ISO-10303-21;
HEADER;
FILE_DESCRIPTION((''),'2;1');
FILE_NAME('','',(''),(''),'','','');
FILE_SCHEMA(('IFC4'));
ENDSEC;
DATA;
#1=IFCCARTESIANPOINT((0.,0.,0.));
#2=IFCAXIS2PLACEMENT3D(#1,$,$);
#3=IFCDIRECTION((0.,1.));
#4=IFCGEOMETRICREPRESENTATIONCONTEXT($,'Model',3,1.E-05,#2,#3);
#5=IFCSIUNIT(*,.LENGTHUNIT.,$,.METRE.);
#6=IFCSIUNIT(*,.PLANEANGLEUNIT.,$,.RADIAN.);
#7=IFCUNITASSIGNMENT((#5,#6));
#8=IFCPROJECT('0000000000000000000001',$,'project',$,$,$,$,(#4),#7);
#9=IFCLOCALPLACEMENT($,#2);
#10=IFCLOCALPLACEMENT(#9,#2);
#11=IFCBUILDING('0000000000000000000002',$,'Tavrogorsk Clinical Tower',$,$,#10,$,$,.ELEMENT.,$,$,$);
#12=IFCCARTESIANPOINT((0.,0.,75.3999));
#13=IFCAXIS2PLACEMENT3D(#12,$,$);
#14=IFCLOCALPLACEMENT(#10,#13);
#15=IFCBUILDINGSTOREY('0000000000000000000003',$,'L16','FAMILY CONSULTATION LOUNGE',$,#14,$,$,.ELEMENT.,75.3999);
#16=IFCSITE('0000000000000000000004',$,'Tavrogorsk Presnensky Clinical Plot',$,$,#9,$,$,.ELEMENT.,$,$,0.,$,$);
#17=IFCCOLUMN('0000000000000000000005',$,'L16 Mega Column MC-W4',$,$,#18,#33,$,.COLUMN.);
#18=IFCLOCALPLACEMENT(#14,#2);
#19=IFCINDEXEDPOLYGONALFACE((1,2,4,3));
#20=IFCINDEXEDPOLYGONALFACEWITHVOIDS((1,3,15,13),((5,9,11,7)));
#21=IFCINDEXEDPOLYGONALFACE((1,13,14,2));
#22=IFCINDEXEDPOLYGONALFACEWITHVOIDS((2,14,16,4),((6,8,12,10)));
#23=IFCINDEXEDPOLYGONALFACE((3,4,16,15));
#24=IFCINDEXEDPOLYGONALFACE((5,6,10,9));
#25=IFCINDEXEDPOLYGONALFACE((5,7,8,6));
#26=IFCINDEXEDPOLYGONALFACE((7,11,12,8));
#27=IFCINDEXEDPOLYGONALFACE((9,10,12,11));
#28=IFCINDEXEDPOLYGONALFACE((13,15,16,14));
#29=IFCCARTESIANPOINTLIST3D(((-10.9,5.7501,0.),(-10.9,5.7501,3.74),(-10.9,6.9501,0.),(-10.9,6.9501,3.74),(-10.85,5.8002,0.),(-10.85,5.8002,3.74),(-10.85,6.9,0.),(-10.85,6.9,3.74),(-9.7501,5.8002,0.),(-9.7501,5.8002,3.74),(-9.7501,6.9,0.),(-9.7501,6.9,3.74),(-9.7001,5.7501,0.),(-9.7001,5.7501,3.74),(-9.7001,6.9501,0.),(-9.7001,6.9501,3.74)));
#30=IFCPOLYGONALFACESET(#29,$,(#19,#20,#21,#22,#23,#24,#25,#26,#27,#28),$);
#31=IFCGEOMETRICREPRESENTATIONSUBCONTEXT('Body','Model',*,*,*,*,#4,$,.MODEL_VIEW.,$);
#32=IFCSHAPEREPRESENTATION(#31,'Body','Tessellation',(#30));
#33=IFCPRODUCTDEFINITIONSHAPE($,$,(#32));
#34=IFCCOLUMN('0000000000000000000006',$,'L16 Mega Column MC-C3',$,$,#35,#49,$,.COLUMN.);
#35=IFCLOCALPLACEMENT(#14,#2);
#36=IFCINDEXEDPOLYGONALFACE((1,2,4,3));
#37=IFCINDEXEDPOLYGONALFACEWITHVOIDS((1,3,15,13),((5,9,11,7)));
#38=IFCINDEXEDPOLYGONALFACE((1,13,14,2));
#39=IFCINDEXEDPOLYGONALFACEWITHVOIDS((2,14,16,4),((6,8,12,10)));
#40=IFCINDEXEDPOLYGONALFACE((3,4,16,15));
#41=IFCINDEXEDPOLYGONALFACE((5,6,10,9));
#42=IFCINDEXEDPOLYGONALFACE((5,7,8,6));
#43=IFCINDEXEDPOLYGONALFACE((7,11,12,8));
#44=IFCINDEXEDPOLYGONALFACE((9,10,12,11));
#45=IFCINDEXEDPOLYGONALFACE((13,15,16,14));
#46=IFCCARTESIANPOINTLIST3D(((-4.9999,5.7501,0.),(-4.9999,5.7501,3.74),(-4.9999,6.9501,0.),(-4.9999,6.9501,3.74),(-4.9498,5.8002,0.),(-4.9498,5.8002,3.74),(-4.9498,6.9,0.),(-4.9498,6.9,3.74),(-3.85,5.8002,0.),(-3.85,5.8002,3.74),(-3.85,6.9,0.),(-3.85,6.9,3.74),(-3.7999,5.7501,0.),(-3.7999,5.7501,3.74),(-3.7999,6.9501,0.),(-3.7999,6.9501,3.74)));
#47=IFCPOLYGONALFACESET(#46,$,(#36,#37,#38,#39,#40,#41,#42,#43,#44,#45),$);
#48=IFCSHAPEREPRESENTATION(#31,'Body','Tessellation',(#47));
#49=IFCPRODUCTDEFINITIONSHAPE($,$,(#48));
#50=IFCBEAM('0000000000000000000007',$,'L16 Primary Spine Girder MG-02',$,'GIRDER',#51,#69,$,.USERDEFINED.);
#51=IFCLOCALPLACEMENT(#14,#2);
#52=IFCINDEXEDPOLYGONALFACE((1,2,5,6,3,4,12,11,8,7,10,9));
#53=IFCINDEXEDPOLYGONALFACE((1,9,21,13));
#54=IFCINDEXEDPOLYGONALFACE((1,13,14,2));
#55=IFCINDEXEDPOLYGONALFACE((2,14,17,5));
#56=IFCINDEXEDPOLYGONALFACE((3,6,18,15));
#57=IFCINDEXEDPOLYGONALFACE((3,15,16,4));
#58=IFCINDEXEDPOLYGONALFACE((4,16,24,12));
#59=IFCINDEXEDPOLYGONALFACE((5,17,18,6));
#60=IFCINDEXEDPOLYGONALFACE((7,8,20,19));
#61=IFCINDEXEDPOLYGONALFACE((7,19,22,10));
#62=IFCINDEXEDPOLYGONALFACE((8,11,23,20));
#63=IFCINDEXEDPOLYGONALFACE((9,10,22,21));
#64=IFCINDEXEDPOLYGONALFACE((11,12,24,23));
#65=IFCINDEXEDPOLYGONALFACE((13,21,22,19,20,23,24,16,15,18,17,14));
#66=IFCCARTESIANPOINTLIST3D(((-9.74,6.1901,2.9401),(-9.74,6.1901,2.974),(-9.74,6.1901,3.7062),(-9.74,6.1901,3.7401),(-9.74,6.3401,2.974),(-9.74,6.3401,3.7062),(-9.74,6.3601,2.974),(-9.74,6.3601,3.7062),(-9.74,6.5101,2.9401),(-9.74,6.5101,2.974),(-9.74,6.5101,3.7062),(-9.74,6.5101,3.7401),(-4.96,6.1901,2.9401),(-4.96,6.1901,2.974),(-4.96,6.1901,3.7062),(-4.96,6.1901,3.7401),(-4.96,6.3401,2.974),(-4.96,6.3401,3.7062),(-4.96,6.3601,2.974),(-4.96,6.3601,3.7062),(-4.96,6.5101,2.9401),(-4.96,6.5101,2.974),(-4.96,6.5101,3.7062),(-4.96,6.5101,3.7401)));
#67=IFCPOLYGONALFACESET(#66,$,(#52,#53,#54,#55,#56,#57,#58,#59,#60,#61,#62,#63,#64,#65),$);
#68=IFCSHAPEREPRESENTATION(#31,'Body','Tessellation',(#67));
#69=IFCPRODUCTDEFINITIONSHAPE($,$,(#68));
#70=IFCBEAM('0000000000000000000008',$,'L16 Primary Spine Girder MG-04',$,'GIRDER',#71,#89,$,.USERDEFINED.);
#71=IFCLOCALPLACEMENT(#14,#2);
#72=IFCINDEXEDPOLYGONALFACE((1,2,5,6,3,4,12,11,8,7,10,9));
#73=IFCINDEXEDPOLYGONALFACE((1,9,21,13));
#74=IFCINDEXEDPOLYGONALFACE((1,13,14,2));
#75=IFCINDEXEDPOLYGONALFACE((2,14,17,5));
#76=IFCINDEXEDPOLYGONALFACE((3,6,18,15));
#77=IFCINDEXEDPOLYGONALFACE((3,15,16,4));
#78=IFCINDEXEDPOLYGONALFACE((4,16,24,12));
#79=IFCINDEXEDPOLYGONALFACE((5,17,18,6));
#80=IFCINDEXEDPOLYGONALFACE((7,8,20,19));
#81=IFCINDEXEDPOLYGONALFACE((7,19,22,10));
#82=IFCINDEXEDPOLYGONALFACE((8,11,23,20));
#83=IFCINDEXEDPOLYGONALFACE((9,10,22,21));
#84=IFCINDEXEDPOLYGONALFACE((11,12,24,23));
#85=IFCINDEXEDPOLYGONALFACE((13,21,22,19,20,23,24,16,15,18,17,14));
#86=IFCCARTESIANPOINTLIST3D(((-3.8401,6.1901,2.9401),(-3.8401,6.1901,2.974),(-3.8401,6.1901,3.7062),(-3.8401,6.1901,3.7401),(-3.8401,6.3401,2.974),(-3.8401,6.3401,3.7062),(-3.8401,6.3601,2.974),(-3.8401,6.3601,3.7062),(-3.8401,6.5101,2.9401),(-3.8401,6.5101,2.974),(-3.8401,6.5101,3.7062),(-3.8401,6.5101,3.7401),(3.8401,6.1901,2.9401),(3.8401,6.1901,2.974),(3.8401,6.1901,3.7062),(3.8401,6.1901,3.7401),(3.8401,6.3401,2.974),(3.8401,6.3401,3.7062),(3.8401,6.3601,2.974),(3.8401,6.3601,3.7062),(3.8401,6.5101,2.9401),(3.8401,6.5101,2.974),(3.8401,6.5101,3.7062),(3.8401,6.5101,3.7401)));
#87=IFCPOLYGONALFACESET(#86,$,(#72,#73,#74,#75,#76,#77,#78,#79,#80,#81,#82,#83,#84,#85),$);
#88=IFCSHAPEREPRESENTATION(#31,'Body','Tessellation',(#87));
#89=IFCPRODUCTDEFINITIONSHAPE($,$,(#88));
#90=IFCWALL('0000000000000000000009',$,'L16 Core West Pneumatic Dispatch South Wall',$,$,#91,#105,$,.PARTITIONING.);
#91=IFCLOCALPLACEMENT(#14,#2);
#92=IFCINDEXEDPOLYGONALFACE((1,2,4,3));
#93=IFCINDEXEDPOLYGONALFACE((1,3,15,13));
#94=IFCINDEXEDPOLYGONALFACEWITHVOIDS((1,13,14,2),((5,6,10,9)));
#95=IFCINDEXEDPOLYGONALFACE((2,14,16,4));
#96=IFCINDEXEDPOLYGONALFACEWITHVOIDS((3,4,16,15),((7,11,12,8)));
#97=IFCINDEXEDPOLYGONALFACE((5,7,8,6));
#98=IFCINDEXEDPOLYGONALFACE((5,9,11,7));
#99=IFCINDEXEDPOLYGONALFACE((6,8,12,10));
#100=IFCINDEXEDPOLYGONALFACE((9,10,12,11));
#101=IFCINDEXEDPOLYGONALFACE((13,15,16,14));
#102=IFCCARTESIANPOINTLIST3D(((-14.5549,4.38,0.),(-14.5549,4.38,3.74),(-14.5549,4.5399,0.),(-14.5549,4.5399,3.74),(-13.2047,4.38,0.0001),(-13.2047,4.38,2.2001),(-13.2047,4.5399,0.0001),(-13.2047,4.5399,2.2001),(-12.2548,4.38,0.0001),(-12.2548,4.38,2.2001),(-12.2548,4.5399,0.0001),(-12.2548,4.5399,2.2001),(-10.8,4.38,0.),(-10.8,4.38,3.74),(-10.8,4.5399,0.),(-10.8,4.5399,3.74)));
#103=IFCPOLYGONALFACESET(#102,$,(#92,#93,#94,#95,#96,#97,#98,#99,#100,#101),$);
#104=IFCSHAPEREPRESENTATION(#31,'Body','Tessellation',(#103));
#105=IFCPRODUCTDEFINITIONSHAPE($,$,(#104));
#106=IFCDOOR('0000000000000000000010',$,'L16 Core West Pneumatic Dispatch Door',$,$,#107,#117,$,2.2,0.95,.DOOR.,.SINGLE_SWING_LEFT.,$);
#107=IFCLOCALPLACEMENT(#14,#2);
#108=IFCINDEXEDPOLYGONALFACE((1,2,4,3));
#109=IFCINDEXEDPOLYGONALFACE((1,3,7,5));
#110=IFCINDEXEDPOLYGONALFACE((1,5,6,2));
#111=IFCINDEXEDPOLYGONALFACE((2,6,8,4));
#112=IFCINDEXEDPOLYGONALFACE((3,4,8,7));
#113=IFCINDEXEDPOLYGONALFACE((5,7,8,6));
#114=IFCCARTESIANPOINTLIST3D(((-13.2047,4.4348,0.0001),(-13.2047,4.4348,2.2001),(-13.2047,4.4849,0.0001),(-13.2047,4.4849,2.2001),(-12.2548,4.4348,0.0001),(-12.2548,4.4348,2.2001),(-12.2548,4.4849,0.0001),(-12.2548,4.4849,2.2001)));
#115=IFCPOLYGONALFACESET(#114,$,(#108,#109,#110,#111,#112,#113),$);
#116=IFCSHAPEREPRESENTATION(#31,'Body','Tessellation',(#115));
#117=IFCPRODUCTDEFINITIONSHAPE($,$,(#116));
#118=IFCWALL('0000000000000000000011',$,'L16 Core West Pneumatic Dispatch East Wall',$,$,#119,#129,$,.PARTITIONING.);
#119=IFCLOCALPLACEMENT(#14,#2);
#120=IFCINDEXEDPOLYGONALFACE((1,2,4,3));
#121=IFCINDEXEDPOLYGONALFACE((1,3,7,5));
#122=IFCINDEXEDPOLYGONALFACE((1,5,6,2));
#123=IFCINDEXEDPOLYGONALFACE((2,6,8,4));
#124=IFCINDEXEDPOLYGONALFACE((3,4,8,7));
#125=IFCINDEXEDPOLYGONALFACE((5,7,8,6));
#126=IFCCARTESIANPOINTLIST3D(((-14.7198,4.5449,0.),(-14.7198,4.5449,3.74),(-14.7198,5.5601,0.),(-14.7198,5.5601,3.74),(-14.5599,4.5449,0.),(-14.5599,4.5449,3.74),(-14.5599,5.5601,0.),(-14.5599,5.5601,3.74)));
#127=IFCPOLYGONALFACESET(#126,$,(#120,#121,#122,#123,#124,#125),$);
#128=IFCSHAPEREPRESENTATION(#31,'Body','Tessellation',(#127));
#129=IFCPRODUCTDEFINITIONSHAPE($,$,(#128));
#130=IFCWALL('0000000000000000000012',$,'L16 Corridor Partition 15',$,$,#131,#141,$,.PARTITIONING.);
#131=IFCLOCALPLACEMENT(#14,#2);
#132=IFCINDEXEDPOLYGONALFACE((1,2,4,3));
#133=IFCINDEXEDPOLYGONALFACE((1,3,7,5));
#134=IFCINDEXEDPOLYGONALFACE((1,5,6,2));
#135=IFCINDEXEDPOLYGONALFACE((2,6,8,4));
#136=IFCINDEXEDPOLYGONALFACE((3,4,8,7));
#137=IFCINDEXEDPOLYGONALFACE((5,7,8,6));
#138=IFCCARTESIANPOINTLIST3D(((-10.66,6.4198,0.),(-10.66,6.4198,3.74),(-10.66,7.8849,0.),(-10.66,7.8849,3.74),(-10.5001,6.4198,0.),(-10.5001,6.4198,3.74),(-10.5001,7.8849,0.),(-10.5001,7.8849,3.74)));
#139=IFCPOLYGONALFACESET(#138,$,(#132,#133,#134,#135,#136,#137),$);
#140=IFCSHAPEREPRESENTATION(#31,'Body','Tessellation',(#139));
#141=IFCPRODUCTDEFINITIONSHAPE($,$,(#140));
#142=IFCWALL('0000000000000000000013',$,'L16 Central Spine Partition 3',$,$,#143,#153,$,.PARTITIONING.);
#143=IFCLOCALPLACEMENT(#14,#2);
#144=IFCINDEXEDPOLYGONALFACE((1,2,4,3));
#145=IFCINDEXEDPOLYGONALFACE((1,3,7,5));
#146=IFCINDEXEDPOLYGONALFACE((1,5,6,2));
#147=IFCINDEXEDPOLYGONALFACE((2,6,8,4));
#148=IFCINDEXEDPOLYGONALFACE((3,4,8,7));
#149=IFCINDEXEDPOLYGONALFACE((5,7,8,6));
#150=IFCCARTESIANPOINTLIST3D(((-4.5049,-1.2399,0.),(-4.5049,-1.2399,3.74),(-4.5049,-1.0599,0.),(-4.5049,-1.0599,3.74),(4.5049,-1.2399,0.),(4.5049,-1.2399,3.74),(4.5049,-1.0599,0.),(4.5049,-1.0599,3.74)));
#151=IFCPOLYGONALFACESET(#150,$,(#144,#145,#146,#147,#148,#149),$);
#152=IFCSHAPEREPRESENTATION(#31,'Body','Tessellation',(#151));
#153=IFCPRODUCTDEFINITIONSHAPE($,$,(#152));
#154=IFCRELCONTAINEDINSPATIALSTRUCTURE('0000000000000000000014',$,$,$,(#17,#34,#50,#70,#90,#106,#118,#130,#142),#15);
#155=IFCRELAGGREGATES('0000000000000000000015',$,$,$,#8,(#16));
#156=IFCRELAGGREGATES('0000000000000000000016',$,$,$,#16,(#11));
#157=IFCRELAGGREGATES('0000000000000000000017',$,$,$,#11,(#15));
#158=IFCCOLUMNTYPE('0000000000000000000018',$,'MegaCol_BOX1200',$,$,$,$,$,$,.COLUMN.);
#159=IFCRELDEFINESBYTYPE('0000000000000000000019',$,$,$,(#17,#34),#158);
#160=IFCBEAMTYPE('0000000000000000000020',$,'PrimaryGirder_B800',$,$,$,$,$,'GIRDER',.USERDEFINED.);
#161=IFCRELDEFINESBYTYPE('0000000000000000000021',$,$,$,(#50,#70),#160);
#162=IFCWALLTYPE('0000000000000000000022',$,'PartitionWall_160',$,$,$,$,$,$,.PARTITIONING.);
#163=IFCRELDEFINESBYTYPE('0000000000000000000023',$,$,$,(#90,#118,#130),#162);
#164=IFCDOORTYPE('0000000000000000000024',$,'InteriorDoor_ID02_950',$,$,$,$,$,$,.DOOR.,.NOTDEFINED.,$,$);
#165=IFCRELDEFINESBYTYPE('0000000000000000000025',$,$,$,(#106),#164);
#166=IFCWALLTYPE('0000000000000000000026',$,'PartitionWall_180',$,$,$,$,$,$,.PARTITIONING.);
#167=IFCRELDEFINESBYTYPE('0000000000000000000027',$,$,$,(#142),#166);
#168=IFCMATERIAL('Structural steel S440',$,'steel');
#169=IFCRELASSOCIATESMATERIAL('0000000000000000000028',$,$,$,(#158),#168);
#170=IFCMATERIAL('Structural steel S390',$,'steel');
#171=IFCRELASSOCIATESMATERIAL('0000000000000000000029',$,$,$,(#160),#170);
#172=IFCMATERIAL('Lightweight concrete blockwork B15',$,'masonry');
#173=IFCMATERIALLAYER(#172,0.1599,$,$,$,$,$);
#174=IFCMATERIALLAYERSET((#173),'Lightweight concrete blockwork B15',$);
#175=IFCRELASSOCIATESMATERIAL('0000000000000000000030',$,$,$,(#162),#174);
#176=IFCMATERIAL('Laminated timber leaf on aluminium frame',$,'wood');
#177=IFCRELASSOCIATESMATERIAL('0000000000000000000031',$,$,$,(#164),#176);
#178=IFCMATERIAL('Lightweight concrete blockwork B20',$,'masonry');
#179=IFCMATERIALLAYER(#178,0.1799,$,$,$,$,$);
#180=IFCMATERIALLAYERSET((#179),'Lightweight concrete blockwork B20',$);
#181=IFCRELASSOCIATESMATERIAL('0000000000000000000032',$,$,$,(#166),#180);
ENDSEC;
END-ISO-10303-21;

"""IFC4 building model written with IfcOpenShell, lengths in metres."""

from ifc_helpers import new_model, si_unit, direction, frame, frame_2d, origin, origin_2d, place, context, subcontext, project, spatial, rectangle, hollow_rectangle, i_section, extrude, material, layer, layer_set, material_profile, profile_set, type_object, element, fill, save


model = new_model("IFC4")

# Units and contexts
model_context = context("Model", 3, precision=1e-05, world=origin(), true_north=direction((0.0, 1.0)))
body_context = subcontext(model_context, "Body", "Model", "MODEL_VIEW")
ifc_project = project(units=[si_unit("LENGTHUNIT", "METRE"), si_unit("PLANEANGLEUNIT", "RADIAN")], contexts=[model_context])

# Site, building, storey
site_placement = place(None, origin())
site = spatial("IfcSite", under=ifc_project, at=site_placement, Name="Tavrogorsk Presnensky Clinical Plot", CompositionType="ELEMENT", RefElevation=0.0)
building_placement = place(site_placement, origin())
building = spatial("IfcBuilding", under=site, at=building_placement, Name="Tavrogorsk Clinical Tower", CompositionType="ELEMENT")
storey_placement = place(building_placement, frame((0.0, 0.0, 75.3999)))
storey = spatial("IfcBuildingStorey", under=building, at=storey_placement, Name="L16", Description="FAMILY CONSULTATION LOUNGE", CompositionType="ELEMENT", Elevation=75.3999)

# Columns
ifc_material_1 = material(Name="Structural steel S440", Category="steel")
ifc_material_profile_1 = material_profile(ifc_material_1, hollow_rectangle(XDim=1.2, YDim=1.2, WallThickness=0.05, at=origin_2d()), Name="BOX-1200x1200x50")
ifc_profile_set_1 = profile_set([ifc_material_profile_1], Name="Structural steel S440")
column_type = type_object("IfcColumnType", Name="MegaCol_BOX1200", PredefinedType="COLUMN", material=ifc_profile_set_1)
for number, where, z_axis, x_axis, name in (
    (1, (-10.3, 6.3501, 0.0), (0.0, 0.0, 1.0), (1.0, 0.0, 0.0), "L16 Mega Column MC-W4"),
    (2, (-4.3999, 6.3501, 0.0), (0.0, 0.0, 1.0), (1.0, 0.0, 0.0), "L16 Mega Column MC-C3"),
):
    element("IfcColumn", number, at=place(storey_placement, frame(where, z_axis=z_axis, x_axis=x_axis)), inside=storey, type_object=column_type, Name=name, PredefinedType="COLUMN", context=body_context, shape_type="SweptSolid", body=[
        extrude(hollow_rectangle(XDim=1.2, YDim=1.2, WallThickness=0.05, at=origin_2d()), origin(), (0.0, 0.0, 1.0), 3.74),
    ])

# Beams
ifc_material_2 = material(Name="Structural steel S390", Category="steel")
ifc_material_profile_2 = material_profile(ifc_material_2, i_section(OverallWidth=0.3201, OverallDepth=0.8, WebThickness=0.02, FlangeThickness=0.0339, at=origin_2d()), Name="B-800x320x20x34")
ifc_profile_set_2 = profile_set([ifc_material_profile_2], Name="Structural steel S390")
beam_type = type_object("IfcBeamType", Name="PrimaryGirder_B800", ElementType="GIRDER", PredefinedType="USERDEFINED", material=ifc_profile_set_2)
beam_1_placement = place(storey_placement, frame((-9.74, 6.3501, 3.3401), z_axis=(1.0, 0.0, 0.0), x_axis=(0.0, 1.0, 0.0)))
element("IfcBeam", 3, at=beam_1_placement, inside=storey, type_object=beam_type, Name="L16 Primary Spine Girder MG-02", ObjectType="GIRDER", PredefinedType="USERDEFINED", context=body_context, shape_type="SweptSolid", body=[
    extrude(i_section(OverallWidth=0.3201, OverallDepth=0.8, WebThickness=0.02, FlangeThickness=0.0339, at=origin_2d()), origin(), (0.0, 0.0, 1.0), 4.78),
])
beam_2_placement = place(storey_placement, frame((-3.8401, 6.3501, 3.3401), z_axis=(1.0, 0.0, 0.0), x_axis=(0.0, 1.0, 0.0)))
element("IfcBeam", 4, at=beam_2_placement, inside=storey, type_object=beam_type, Name="L16 Primary Spine Girder MG-04", ObjectType="GIRDER", PredefinedType="USERDEFINED", context=body_context, shape_type="SweptSolid", body=[
    extrude(i_section(OverallWidth=0.3201, OverallDepth=0.8, WebThickness=0.02, FlangeThickness=0.0339, at=origin_2d()), origin(), (0.0, 0.0, 1.0), 7.6802),
])

# Wall, opening, door
ifc_material_3 = material(Name="Lightweight concrete blockwork B15", Category="masonry")
ifc_layer_1 = layer(ifc_material_3, 0.1599)
ifc_layer_set_1 = layer_set([ifc_layer_1], Name="Lightweight concrete blockwork B15")
wall_type_1 = type_object("IfcWallType", Name="PartitionWall_160", PredefinedType="PARTITIONING", material=ifc_layer_set_1)
wall_1_placement = place(storey_placement, frame((-14.5549, 4.46, 0.0), z_axis=(0.0, 0.0, 1.0), x_axis=(1.0, 0.0, 0.0)))
wall_1 = element("IfcWall", 5, at=wall_1_placement, inside=storey, type_object=wall_type_1, Name="L16 Core West Pneumatic Dispatch South Wall", PredefinedType="PARTITIONING", context=body_context, shape_type="SweptSolid", body=[
    extrude(rectangle(XDim=3.7549, YDim=0.1599, at=frame_2d((1.8774, 0.0))), origin(), (0.0, 0.0, 1.0), 3.74),
])
opening_1_placement = place(wall_1_placement, frame((1.3501, 0.0, 0.0)))
opening_1 = element("IfcOpeningElement", 6, at=opening_1_placement, cuts=wall_1, PredefinedType="OPENING", context=body_context, shape_type="SweptSolid", body=[
    extrude(rectangle(XDim=0.95, YDim=2.2, at=frame_2d((0.4751, 1.1001))), frame((0.0, 0.0898, 0.0), z_axis=(0.0, -1.0, 0.0), x_axis=(1.0, 0.0, 0.0)), (0.0, 0.0, 1.0), 0.1799),
])
ifc_material_4 = material(Name="Laminated timber leaf on aluminium frame", Category="wood")
door_type_1 = type_object("IfcDoorType", Name="InteriorDoor_ID02_950", OperationType="NOTDEFINED", PredefinedType="DOOR", material=ifc_material_4)
door_1_placement = place(opening_1_placement, origin())
door_1 = element("IfcDoor", 7, at=door_1_placement, inside=storey, type_object=door_type_1, Name="L16 Core West Pneumatic Dispatch Door", OperationType="SINGLE_SWING_LEFT", OverallHeight=2.2, OverallWidth=0.95, PredefinedType="DOOR", context=body_context, shape_type="SweptSolid", body=[
    extrude(rectangle(XDim=0.95, YDim=2.2, at=frame_2d((0.4751, 1.1001))), frame((0.0, 0.0249, 0.0), z_axis=(0.0, -1.0, 0.0), x_axis=(1.0, 0.0, 0.0)), (0.0, 0.0, 1.0), 0.05),
])
fill(opening_1, door_1)

# Walls
wall_2_placement = place(storey_placement, frame((-14.6399, 4.5449, 0.0), z_axis=(0.0, 0.0, 1.0), x_axis=(0.0, 1.0, 0.0)))
element("IfcWall", 8, at=wall_2_placement, inside=storey, type_object=wall_type_1, Name="L16 Core West Pneumatic Dispatch East Wall", PredefinedType="PARTITIONING", context=body_context, shape_type="SweptSolid", body=[
    extrude(rectangle(XDim=1.0151, YDim=0.1599, at=frame_2d((0.5076, 0.0))), origin(), (0.0, 0.0, 1.0), 3.74),
])
wall_3_placement = place(storey_placement, frame((-10.5801, 6.4199, 0.0), z_axis=(0.0, 0.0, 1.0), x_axis=(0.0, 1.0, 0.0)))
element("IfcWall", 9, at=wall_3_placement, inside=storey, type_object=wall_type_1, Name="L16 Corridor Partition 15", PredefinedType="PARTITIONING", context=body_context, shape_type="SweptSolid", body=[
    extrude(rectangle(XDim=1.4651, YDim=0.1599, at=frame_2d((0.7324, 0.0))), origin(), (0.0, 0.0, 1.0), 3.74),
])
ifc_material_5 = material(Name="Lightweight concrete blockwork B20", Category="masonry")
ifc_layer_2 = layer(ifc_material_5, 0.1799)
ifc_layer_set_2 = layer_set([ifc_layer_2], Name="Lightweight concrete blockwork B20")
wall_type_2 = type_object("IfcWallType", Name="PartitionWall_180", PredefinedType="PARTITIONING", material=ifc_layer_set_2)
wall_4_placement = place(storey_placement, frame((-4.5049, -1.1499, 0.0), z_axis=(0.0, 0.0, 1.0), x_axis=(1.0, 0.0, 0.0)))
element("IfcWall", 10, at=wall_4_placement, inside=storey, type_object=wall_type_2, Name="L16 Central Spine Partition 3", PredefinedType="PARTITIONING", context=body_context, shape_type="SweptSolid", body=[
    extrude(rectangle(XDim=9.0098, YDim=0.1799, at=frame_2d((4.5049, 0.0))), origin(), (0.0, 0.0, 1.0), 3.74),
])

save(model, "model.ifc")
